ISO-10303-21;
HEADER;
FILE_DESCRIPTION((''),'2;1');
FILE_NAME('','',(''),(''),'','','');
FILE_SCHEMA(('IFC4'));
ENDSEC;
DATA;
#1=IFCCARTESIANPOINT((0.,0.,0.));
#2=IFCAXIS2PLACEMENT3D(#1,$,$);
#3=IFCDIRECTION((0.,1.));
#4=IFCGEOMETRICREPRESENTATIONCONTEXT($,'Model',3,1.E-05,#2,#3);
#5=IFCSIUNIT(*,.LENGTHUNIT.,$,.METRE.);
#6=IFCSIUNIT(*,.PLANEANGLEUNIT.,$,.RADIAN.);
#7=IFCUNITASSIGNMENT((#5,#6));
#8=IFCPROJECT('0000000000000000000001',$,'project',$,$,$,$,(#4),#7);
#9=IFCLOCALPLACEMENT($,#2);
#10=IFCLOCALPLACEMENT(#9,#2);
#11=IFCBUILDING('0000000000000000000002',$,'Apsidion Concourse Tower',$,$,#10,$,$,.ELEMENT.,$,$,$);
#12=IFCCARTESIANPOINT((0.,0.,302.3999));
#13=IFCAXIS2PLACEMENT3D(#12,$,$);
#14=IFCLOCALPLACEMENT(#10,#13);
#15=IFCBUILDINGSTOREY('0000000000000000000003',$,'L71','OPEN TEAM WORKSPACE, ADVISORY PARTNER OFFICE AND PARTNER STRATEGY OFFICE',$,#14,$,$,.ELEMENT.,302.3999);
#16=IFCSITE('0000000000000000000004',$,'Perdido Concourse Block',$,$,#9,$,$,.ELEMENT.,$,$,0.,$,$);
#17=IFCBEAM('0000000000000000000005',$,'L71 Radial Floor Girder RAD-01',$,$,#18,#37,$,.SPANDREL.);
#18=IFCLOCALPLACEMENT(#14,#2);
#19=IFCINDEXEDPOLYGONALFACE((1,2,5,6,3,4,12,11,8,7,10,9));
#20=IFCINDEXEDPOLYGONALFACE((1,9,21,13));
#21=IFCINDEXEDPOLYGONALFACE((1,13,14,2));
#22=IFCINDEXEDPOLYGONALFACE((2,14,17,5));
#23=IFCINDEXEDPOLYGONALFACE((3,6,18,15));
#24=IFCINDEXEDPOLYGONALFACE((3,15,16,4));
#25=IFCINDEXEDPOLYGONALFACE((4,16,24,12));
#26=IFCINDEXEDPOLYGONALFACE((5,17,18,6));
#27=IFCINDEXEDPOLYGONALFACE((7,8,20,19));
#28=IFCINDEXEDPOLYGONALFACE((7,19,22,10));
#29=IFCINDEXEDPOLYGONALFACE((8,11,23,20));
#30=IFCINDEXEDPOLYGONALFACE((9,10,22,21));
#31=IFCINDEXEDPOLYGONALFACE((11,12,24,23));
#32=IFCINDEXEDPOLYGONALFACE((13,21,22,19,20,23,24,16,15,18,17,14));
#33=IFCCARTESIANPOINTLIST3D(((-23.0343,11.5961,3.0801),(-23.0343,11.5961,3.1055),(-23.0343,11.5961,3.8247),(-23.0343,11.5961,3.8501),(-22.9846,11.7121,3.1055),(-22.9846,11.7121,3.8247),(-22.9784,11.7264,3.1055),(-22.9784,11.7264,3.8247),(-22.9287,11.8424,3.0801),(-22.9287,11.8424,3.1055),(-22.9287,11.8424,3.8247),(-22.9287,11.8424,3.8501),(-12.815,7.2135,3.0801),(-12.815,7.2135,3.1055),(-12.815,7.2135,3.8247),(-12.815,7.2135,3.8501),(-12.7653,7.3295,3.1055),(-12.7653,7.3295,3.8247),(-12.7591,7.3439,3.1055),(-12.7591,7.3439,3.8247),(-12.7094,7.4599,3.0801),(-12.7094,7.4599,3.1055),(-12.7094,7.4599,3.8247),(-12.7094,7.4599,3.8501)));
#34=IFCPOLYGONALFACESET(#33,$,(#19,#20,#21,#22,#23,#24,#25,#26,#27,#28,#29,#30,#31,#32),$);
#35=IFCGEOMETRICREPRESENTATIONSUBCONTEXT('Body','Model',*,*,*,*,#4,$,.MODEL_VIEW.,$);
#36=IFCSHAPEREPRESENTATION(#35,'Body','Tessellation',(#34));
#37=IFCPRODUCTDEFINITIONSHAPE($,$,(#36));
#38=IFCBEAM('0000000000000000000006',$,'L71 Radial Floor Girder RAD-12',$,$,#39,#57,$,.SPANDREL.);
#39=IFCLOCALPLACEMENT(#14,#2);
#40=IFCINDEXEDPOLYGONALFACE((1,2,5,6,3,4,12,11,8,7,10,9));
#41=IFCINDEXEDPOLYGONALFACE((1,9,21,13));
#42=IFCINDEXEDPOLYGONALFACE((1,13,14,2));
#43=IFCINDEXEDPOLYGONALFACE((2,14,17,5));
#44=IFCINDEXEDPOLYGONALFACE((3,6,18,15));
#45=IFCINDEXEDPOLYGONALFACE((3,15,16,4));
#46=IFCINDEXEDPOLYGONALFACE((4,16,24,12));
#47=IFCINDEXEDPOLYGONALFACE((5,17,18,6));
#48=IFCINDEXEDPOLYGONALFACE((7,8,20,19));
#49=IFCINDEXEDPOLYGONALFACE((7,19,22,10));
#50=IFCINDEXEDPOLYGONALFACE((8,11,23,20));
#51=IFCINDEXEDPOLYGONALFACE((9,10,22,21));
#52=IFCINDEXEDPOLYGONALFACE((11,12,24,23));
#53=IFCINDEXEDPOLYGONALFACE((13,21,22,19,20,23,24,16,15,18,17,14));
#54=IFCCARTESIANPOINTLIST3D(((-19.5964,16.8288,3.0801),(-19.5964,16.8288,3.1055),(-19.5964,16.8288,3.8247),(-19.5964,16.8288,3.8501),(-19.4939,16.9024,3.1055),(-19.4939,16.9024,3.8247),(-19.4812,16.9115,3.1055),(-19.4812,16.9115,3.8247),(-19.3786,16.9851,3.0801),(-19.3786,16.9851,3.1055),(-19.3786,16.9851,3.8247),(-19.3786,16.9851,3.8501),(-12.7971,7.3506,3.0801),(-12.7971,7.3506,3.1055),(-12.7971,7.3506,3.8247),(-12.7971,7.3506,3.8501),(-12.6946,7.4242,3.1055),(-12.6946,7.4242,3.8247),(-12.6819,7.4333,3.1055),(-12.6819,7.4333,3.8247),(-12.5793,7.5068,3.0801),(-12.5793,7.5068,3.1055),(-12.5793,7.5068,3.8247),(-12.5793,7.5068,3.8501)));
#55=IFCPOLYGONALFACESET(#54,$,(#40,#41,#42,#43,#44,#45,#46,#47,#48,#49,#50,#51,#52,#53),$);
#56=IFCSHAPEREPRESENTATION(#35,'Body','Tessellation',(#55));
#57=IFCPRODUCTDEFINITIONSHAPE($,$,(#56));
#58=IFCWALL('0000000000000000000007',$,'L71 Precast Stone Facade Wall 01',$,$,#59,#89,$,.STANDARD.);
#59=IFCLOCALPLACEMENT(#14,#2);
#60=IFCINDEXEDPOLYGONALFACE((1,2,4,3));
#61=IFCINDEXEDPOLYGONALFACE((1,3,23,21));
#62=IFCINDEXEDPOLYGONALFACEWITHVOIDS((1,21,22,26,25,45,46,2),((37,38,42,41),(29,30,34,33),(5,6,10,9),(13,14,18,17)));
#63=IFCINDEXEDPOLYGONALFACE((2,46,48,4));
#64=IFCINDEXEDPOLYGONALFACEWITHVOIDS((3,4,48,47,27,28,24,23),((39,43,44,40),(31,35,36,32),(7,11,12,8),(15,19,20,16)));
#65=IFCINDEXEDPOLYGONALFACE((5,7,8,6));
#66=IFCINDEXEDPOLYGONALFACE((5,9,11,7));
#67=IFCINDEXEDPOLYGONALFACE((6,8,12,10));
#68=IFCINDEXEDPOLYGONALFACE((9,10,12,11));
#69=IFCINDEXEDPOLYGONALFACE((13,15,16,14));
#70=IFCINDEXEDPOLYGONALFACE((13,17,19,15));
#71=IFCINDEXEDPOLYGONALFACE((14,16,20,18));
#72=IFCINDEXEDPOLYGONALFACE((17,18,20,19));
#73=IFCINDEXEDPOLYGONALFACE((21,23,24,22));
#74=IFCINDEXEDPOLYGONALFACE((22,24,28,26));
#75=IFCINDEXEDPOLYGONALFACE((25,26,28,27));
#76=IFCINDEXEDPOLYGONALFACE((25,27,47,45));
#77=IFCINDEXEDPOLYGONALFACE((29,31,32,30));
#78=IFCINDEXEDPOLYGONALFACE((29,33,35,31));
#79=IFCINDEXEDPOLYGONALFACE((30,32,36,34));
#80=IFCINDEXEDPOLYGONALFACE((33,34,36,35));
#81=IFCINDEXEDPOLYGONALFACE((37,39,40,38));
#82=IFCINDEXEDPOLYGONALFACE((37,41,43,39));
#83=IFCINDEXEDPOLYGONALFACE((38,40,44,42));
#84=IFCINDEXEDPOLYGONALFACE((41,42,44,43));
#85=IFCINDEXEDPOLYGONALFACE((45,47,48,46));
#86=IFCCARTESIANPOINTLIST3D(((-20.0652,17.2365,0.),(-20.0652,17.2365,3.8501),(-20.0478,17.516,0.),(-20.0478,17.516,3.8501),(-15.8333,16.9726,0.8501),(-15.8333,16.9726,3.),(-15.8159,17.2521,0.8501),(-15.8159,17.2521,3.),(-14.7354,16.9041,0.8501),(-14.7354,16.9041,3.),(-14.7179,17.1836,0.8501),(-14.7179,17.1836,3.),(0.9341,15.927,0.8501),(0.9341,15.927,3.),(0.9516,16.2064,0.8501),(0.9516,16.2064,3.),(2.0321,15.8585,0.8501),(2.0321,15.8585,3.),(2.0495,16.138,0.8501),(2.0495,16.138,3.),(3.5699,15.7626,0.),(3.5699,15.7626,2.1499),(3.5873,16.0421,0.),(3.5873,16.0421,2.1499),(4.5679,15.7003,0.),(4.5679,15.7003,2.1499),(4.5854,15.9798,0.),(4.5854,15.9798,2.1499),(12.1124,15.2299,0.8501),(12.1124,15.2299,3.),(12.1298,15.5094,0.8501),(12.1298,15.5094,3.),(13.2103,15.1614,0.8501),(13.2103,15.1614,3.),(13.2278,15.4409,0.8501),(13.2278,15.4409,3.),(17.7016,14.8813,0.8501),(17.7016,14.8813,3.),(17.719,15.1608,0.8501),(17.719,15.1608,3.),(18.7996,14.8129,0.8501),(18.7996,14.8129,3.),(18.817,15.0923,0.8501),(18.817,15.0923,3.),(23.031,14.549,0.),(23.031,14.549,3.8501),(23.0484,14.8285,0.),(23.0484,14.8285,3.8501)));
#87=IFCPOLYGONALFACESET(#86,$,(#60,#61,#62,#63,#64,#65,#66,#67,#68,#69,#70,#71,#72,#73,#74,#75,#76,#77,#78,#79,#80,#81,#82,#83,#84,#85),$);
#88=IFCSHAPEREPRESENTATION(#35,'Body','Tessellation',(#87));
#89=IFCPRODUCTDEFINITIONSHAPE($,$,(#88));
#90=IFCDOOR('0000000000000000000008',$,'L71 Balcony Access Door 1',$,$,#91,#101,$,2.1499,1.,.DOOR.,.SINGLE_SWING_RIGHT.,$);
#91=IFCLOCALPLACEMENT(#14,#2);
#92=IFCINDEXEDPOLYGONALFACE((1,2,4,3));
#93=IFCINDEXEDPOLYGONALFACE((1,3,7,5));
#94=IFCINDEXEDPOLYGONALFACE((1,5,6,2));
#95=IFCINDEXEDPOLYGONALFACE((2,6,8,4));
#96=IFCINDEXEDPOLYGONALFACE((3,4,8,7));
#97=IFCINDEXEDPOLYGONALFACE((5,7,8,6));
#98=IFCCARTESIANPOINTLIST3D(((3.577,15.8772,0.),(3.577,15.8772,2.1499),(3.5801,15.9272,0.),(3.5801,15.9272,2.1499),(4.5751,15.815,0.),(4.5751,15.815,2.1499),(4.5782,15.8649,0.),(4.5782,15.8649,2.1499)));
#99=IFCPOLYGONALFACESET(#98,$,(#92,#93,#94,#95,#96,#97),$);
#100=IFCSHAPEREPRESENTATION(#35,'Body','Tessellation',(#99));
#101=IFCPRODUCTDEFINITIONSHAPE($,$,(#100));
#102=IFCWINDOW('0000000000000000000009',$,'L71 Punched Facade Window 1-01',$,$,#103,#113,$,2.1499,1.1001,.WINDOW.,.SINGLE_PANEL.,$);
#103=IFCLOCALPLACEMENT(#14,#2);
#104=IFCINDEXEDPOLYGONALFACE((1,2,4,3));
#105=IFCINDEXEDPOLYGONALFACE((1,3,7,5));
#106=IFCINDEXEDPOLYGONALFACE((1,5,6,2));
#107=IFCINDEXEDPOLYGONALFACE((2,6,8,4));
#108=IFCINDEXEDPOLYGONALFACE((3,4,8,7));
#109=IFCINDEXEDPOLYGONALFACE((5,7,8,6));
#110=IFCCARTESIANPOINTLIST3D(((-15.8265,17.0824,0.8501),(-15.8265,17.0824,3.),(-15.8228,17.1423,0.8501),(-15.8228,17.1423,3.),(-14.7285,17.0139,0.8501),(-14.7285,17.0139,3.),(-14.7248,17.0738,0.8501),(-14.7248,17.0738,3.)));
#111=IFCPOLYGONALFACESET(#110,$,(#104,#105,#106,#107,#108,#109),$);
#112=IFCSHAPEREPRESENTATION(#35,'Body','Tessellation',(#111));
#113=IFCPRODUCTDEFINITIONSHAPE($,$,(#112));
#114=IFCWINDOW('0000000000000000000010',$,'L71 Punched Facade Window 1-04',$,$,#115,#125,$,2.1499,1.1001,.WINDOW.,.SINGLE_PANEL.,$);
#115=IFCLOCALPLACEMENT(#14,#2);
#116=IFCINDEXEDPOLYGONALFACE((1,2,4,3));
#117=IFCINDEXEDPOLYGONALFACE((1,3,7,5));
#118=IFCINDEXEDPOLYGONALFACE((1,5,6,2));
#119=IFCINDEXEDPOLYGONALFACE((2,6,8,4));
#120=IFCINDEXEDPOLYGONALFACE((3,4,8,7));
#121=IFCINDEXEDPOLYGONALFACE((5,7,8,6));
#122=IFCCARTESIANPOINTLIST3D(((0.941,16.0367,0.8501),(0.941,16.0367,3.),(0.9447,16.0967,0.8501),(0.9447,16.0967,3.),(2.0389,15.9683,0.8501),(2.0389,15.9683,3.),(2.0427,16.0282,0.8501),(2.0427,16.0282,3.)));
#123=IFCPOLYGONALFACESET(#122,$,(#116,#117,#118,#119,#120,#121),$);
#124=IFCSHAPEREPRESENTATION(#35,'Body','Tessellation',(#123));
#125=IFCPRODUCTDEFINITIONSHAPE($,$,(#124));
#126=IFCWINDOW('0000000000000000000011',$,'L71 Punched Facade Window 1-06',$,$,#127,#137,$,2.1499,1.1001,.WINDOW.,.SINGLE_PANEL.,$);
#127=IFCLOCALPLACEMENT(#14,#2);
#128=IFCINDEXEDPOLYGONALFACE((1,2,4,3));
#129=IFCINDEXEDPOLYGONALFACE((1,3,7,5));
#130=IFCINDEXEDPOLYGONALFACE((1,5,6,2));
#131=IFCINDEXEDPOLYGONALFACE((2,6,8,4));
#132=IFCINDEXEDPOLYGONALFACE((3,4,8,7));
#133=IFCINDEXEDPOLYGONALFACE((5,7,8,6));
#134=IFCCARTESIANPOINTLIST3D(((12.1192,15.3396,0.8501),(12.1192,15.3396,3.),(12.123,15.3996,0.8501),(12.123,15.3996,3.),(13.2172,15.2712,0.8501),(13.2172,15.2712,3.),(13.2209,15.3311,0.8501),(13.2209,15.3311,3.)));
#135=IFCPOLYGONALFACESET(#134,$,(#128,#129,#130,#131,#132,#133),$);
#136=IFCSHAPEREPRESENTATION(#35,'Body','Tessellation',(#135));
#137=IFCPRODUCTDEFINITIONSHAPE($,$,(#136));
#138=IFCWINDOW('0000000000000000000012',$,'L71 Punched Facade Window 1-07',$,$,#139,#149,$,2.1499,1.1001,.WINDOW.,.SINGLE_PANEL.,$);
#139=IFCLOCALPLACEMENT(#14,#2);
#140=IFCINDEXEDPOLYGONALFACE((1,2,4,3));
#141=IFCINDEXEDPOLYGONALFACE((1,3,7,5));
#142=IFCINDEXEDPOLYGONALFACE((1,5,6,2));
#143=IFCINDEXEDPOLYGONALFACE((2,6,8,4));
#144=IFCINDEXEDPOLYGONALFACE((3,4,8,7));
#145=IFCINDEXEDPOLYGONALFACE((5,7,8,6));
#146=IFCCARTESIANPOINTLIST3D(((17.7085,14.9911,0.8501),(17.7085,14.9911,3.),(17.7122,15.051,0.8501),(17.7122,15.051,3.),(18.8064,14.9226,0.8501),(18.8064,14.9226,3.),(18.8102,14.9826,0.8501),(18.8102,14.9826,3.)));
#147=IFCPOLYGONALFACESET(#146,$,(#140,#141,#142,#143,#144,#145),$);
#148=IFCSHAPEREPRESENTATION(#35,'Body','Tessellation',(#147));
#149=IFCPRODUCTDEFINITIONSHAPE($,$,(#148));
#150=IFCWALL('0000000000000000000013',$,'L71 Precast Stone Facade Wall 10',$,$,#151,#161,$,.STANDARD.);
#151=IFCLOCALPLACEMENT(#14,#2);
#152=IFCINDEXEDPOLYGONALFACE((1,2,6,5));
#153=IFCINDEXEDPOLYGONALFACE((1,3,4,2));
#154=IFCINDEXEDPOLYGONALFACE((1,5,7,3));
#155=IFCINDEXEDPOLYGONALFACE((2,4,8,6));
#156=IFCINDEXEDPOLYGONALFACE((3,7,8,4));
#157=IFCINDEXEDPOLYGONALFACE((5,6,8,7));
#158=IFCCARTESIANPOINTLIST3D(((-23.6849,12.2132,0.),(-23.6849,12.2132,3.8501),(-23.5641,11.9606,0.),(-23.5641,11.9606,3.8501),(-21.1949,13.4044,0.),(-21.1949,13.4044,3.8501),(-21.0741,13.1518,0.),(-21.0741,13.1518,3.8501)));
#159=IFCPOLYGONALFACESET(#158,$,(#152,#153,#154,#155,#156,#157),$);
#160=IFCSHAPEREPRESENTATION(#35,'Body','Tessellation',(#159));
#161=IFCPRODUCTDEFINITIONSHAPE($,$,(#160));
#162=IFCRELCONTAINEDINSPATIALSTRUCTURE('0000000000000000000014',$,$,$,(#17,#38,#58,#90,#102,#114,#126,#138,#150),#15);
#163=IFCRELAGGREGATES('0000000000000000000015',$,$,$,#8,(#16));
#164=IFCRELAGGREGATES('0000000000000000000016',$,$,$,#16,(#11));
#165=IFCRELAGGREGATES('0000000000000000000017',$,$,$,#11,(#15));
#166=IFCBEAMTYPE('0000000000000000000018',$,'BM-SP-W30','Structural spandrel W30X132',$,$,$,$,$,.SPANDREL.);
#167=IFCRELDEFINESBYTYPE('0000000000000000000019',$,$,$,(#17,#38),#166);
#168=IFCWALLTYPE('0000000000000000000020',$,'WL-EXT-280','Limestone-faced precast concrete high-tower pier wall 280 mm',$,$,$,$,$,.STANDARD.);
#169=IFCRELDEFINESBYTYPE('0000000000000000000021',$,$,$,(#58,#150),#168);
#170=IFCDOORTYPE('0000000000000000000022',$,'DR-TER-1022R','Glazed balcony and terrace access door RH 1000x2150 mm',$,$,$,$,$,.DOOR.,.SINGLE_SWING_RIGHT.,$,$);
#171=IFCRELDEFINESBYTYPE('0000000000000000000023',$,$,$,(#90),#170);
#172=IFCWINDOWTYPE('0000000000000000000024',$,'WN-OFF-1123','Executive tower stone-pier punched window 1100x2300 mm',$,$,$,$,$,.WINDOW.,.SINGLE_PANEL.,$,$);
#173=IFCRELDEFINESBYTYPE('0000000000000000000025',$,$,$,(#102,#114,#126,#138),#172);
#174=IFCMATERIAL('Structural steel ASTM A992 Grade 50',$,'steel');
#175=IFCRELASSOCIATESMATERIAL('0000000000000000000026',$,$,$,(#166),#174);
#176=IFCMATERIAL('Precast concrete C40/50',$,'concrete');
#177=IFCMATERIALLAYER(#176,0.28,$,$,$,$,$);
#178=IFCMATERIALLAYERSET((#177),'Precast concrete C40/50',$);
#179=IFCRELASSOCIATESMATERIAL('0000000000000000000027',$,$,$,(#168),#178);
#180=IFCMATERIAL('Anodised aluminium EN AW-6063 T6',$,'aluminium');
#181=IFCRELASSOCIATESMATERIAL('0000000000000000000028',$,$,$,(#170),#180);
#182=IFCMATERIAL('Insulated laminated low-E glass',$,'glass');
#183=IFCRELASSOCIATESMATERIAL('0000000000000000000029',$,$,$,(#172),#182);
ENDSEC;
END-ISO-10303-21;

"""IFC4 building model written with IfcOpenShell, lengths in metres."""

from ifc_helpers import new_model, si_unit, direction, frame, frame_2d, origin, origin_2d, place, context, subcontext, project, spatial, rectangle, i_section, extrude, material, layer, layer_set, material_profile, profile_set, type_object, element, fill, save


model = new_model("IFC4")

# Units and contexts
model_context = context("Model", 3, precision=1e-05, world=origin(), true_north=direction((0.0, 1.0)))
body_context = subcontext(model_context, "Body", "Model", "MODEL_VIEW")
ifc_project = project(units=[si_unit("LENGTHUNIT", "METRE"), si_unit("PLANEANGLEUNIT", "RADIAN")], contexts=[model_context])

# Site, building, storey
site_placement = place(None, origin())
site = spatial("IfcSite", under=ifc_project, at=site_placement, Name="Perdido Concourse Block", CompositionType="ELEMENT", RefElevation=0.0)
building_placement = place(site_placement, origin())
building = spatial("IfcBuilding", under=site, at=building_placement, Name="Apsidion Concourse Tower", CompositionType="ELEMENT")
storey_placement = place(building_placement, frame((0.0, 0.0, 302.3999)))
storey = spatial("IfcBuildingStorey", under=building, at=storey_placement, Name="L71", Description="OPEN TEAM WORKSPACE, ADVISORY PARTNER OFFICE AND PARTNER STRATEGY OFFICE", CompositionType="ELEMENT", Elevation=302.3999)

# Shared definitions
ifc_material_1 = material(Name="Structural steel ASTM A992 Grade 50", Category="steel")

# Beams
ifc_material_profile_1 = material_profile(ifc_material_1, i_section(OverallWidth=0.2681, OverallDepth=0.77, WebThickness=0.0156, FlangeThickness=0.0254, at=origin_2d()), Name="W30X132")
ifc_profile_set_1 = profile_set([ifc_material_profile_1], Name="Structural steel ASTM A992 Grade 50")
beam_type_1 = type_object("IfcBeamType", Name="BM-SP-W30", Description="Structural spandrel W30X132", PredefinedType="SPANDREL", material=ifc_profile_set_1)
beam_1_placement = place(storey_placement, frame((-12.7622, 7.3367, 3.4651), z_axis=(-0.919051, 0.394139, 0.0), x_axis=(-0.394139, -0.919051, 0.0)))
element("IfcBeam", 1, at=beam_1_placement, inside=storey, type_object=beam_type_1, Name="L71 Radial Floor Girder RAD-01", PredefinedType="SPANDREL", context=body_context, shape_type="SweptSolid", body=[
    extrude(i_section(OverallWidth=0.2681, OverallDepth=0.77, WebThickness=0.0156, FlangeThickness=0.0254, at=origin_2d()), origin(), (0.0, 0.0, 1.0), 11.1194),
])
beam_2_placement = place(storey_placement, frame((-12.6882, 7.4287, 3.4651), z_axis=(-0.58289, 0.812551, 0.0), x_axis=(-0.812551, -0.58289, 0.0)))
element("IfcBeam", 2, at=beam_2_placement, inside=storey, type_object=beam_type_1, Name="L71 Radial Floor Girder RAD-12", PredefinedType="SPANDREL", context=body_context, shape_type="SweptSolid", body=[
    extrude(i_section(OverallWidth=0.2681, OverallDepth=0.77, WebThickness=0.0156, FlangeThickness=0.0254, at=origin_2d()), origin(), (0.0, 0.0, 1.0), 11.6648),
])

# Wall, openings, door, windows
ifc_material_2 = material(Name="Precast concrete C40/50", Category="concrete")
ifc_layer_1 = layer(ifc_material_2, 0.28)
ifc_layer_set_1 = layer_set([ifc_layer_1], Name="Precast concrete C40/50")
wall_type_1 = type_object("IfcWallType", Name="WL-EXT-280", Description="Limestone-faced precast concrete high-tower pier wall 280 mm", PredefinedType="STANDARD", material=ifc_layer_set_1)
wall_1_placement = place(storey_placement, frame((-20.0564, 17.3762, 0.0), z_axis=(0.0, 0.0, 1.0), x_axis=(0.998061, -0.06224, 0.0)))
wall_1 = element("IfcWall", 3, at=wall_1_placement, inside=storey, type_object=wall_type_1, Name="L71 Precast Stone Facade Wall 01", PredefinedType="STANDARD", context=body_context, shape_type="SweptSolid", body=[
    extrude(rectangle(XDim=43.1799, YDim=0.28, at=frame_2d((21.5898, 0.0))), origin(), (0.0, 0.0, 1.0), 3.8501),
])
opening_1_placement = place(wall_1_placement, frame((23.6809, 0.0, 0.0)))
opening_1 = element("IfcOpeningElement", 4, at=opening_1_placement, cuts=wall_1, PredefinedType="OPENING", context=body_context, shape_type="SweptSolid", body=[
    extrude(rectangle(XDim=1.0, YDim=2.1499, at=frame_2d((0.5, 1.075))), frame((0.0, 0.1499, 0.0), z_axis=(0.0, -1.0, 0.0), x_axis=(1.0, 0.0, 0.0)), (0.0, 0.0, 1.0), 0.3),
])
opening_2_placement = place(wall_1_placement, frame((4.24, 0.0, 0.8501)))
opening_2 = element("IfcOpeningElement", 5, at=opening_2_placement, cuts=wall_1, PredefinedType="OPENING", context=body_context, shape_type="SweptSolid", body=[
    extrude(rectangle(XDim=1.1001, YDim=2.1499, at=frame_2d((0.55, 1.075))), frame((0.0, 0.1499, 0.0), z_axis=(0.0, -1.0, 0.0), x_axis=(1.0, 0.0, 0.0)), (0.0, 0.0, 1.0), 0.3),
])
opening_3_placement = place(wall_1_placement, frame((21.04, 0.0, 0.8501)))
opening_3 = element("IfcOpeningElement", 6, at=opening_3_placement, cuts=wall_1, PredefinedType="OPENING", context=body_context, shape_type="SweptSolid", body=[
    extrude(rectangle(XDim=1.1001, YDim=2.1499, at=frame_2d((0.55, 1.075))), frame((0.0, 0.1499, 0.0), z_axis=(0.0, -1.0, 0.0), x_axis=(1.0, 0.0, 0.0)), (0.0, 0.0, 1.0), 0.3),
])
opening_4_placement = place(wall_1_placement, frame((32.24, 0.0, 0.8501)))
opening_4 = element("IfcOpeningElement", 7, at=opening_4_placement, cuts=wall_1, PredefinedType="OPENING", context=body_context, shape_type="SweptSolid", body=[
    extrude(rectangle(XDim=1.1001, YDim=2.1499, at=frame_2d((0.55, 1.075))), frame((0.0, 0.1499, 0.0), z_axis=(0.0, -1.0, 0.0), x_axis=(1.0, 0.0, 0.0)), (0.0, 0.0, 1.0), 0.3),
])
opening_5_placement = place(wall_1_placement, frame((37.8401, 0.0, 0.8501)))
opening_5 = element("IfcOpeningElement", 8, at=opening_5_placement, cuts=wall_1, PredefinedType="OPENING", context=body_context, shape_type="SweptSolid", body=[
    extrude(rectangle(XDim=1.1001, YDim=2.1499, at=frame_2d((0.55, 1.075))), frame((0.0, 0.1499, 0.0), z_axis=(0.0, -1.0, 0.0), x_axis=(1.0, 0.0, 0.0)), (0.0, 0.0, 1.0), 0.3),
])
ifc_material_3 = material(Name="Anodised aluminium EN AW-6063 T6", Category="aluminium")
door_type_1 = type_object("IfcDoorType", Name="DR-TER-1022R", Description="Glazed balcony and terrace access door RH 1000x2150 mm", OperationType="SINGLE_SWING_RIGHT", PredefinedType="DOOR", material=ifc_material_3)
door_1_placement = place(opening_1_placement, origin())
door_1 = element("IfcDoor", 9, at=door_1_placement, inside=storey, type_object=door_type_1, Name="L71 Balcony Access Door 1", OperationType="SINGLE_SWING_RIGHT", OverallHeight=2.1499, OverallWidth=1.0, PredefinedType="DOOR", context=body_context, shape_type="SweptSolid", body=[
    extrude(rectangle(XDim=1.0, YDim=2.1499, at=frame_2d((0.5, 1.075))), frame((0.0, 0.0249, 0.0), z_axis=(0.0, -1.0, 0.0), x_axis=(1.0, 0.0, 0.0)), (0.0, 0.0, 1.0), 0.05),
])
fill(opening_1, door_1)
ifc_material_4 = material(Name="Insulated laminated low-E glass", Category="glass")
window_type = type_object("IfcWindowType", Name="WN-OFF-1123", Description="Executive tower stone-pier punched window 1100x2300 mm", PartitioningType="SINGLE_PANEL", PredefinedType="WINDOW", material=ifc_material_4)
window_1_placement = place(opening_2_placement, origin())
window_1 = element("IfcWindow", 10, at=window_1_placement, inside=storey, type_object=window_type, Name="L71 Punched Facade Window 1-01", OverallHeight=2.1499, OverallWidth=1.1001, PartitioningType="SINGLE_PANEL", PredefinedType="WINDOW", context=body_context, shape_type="SweptSolid", body=[
    extrude(rectangle(XDim=1.1001, YDim=2.1499, at=frame_2d((0.55, 1.075))), frame((0.0, 0.03, 0.0), z_axis=(0.0, -1.0, 0.0), x_axis=(1.0, 0.0, 0.0)), (0.0, 0.0, 1.0), 0.0601),
])
fill(opening_2, window_1)
window_2_placement = place(opening_3_placement, origin())
window_2 = element("IfcWindow", 11, at=window_2_placement, inside=storey, type_object=window_type, Name="L71 Punched Facade Window 1-04", OverallHeight=2.1499, OverallWidth=1.1001, PartitioningType="SINGLE_PANEL", PredefinedType="WINDOW", context=body_context, shape_type="SweptSolid", body=[
    extrude(rectangle(XDim=1.1001, YDim=2.1499, at=frame_2d((0.55, 1.075))), frame((0.0, 0.03, 0.0), z_axis=(0.0, -1.0, 0.0), x_axis=(1.0, 0.0, 0.0)), (0.0, 0.0, 1.0), 0.0601),
])
fill(opening_3, window_2)
window_3_placement = place(opening_4_placement, origin())
window_3 = element("IfcWindow", 12, at=window_3_placement, inside=storey, type_object=window_type, Name="L71 Punched Facade Window 1-06", OverallHeight=2.1499, OverallWidth=1.1001, PartitioningType="SINGLE_PANEL", PredefinedType="WINDOW", context=body_context, shape_type="SweptSolid", body=[
    extrude(rectangle(XDim=1.1001, YDim=2.1499, at=frame_2d((0.55, 1.075))), frame((0.0, 0.03, 0.0), z_axis=(0.0, -1.0, 0.0), x_axis=(1.0, 0.0, 0.0)), (0.0, 0.0, 1.0), 0.0601),
])
fill(opening_4, window_3)
window_4_placement = place(opening_5_placement, origin())
window_4 = element("IfcWindow", 13, at=window_4_placement, inside=storey, type_object=window_type, Name="L71 Punched Facade Window 1-07", OverallHeight=2.1499, OverallWidth=1.1001, PartitioningType="SINGLE_PANEL", PredefinedType="WINDOW", context=body_context, shape_type="SweptSolid", body=[
    extrude(rectangle(XDim=1.1001, YDim=2.1499, at=frame_2d((0.55, 1.075))), frame((0.0, 0.03, 0.0), z_axis=(0.0, -1.0, 0.0), x_axis=(1.0, 0.0, 0.0)), (0.0, 0.0, 1.0), 0.0601),
])
fill(opening_5, window_4)

# Wall
wall_2_placement = place(storey_placement, frame((-23.6245, 12.0869, 0.0), z_axis=(0.0, 0.0, 1.0), x_axis=(0.902092, 0.431543, 0.0)))
element("IfcWall", 14, at=wall_2_placement, inside=storey, type_object=wall_type_1, Name="L71 Precast Stone Facade Wall 10", PredefinedType="STANDARD", context=body_context, shape_type="SweptSolid", body=[
    extrude(rectangle(XDim=2.7603, YDim=0.28, at=frame_2d((1.3801, 0.0))), origin(), (0.0, 0.0, 1.0), 3.8501),
])

save(model, "model.ifc")
